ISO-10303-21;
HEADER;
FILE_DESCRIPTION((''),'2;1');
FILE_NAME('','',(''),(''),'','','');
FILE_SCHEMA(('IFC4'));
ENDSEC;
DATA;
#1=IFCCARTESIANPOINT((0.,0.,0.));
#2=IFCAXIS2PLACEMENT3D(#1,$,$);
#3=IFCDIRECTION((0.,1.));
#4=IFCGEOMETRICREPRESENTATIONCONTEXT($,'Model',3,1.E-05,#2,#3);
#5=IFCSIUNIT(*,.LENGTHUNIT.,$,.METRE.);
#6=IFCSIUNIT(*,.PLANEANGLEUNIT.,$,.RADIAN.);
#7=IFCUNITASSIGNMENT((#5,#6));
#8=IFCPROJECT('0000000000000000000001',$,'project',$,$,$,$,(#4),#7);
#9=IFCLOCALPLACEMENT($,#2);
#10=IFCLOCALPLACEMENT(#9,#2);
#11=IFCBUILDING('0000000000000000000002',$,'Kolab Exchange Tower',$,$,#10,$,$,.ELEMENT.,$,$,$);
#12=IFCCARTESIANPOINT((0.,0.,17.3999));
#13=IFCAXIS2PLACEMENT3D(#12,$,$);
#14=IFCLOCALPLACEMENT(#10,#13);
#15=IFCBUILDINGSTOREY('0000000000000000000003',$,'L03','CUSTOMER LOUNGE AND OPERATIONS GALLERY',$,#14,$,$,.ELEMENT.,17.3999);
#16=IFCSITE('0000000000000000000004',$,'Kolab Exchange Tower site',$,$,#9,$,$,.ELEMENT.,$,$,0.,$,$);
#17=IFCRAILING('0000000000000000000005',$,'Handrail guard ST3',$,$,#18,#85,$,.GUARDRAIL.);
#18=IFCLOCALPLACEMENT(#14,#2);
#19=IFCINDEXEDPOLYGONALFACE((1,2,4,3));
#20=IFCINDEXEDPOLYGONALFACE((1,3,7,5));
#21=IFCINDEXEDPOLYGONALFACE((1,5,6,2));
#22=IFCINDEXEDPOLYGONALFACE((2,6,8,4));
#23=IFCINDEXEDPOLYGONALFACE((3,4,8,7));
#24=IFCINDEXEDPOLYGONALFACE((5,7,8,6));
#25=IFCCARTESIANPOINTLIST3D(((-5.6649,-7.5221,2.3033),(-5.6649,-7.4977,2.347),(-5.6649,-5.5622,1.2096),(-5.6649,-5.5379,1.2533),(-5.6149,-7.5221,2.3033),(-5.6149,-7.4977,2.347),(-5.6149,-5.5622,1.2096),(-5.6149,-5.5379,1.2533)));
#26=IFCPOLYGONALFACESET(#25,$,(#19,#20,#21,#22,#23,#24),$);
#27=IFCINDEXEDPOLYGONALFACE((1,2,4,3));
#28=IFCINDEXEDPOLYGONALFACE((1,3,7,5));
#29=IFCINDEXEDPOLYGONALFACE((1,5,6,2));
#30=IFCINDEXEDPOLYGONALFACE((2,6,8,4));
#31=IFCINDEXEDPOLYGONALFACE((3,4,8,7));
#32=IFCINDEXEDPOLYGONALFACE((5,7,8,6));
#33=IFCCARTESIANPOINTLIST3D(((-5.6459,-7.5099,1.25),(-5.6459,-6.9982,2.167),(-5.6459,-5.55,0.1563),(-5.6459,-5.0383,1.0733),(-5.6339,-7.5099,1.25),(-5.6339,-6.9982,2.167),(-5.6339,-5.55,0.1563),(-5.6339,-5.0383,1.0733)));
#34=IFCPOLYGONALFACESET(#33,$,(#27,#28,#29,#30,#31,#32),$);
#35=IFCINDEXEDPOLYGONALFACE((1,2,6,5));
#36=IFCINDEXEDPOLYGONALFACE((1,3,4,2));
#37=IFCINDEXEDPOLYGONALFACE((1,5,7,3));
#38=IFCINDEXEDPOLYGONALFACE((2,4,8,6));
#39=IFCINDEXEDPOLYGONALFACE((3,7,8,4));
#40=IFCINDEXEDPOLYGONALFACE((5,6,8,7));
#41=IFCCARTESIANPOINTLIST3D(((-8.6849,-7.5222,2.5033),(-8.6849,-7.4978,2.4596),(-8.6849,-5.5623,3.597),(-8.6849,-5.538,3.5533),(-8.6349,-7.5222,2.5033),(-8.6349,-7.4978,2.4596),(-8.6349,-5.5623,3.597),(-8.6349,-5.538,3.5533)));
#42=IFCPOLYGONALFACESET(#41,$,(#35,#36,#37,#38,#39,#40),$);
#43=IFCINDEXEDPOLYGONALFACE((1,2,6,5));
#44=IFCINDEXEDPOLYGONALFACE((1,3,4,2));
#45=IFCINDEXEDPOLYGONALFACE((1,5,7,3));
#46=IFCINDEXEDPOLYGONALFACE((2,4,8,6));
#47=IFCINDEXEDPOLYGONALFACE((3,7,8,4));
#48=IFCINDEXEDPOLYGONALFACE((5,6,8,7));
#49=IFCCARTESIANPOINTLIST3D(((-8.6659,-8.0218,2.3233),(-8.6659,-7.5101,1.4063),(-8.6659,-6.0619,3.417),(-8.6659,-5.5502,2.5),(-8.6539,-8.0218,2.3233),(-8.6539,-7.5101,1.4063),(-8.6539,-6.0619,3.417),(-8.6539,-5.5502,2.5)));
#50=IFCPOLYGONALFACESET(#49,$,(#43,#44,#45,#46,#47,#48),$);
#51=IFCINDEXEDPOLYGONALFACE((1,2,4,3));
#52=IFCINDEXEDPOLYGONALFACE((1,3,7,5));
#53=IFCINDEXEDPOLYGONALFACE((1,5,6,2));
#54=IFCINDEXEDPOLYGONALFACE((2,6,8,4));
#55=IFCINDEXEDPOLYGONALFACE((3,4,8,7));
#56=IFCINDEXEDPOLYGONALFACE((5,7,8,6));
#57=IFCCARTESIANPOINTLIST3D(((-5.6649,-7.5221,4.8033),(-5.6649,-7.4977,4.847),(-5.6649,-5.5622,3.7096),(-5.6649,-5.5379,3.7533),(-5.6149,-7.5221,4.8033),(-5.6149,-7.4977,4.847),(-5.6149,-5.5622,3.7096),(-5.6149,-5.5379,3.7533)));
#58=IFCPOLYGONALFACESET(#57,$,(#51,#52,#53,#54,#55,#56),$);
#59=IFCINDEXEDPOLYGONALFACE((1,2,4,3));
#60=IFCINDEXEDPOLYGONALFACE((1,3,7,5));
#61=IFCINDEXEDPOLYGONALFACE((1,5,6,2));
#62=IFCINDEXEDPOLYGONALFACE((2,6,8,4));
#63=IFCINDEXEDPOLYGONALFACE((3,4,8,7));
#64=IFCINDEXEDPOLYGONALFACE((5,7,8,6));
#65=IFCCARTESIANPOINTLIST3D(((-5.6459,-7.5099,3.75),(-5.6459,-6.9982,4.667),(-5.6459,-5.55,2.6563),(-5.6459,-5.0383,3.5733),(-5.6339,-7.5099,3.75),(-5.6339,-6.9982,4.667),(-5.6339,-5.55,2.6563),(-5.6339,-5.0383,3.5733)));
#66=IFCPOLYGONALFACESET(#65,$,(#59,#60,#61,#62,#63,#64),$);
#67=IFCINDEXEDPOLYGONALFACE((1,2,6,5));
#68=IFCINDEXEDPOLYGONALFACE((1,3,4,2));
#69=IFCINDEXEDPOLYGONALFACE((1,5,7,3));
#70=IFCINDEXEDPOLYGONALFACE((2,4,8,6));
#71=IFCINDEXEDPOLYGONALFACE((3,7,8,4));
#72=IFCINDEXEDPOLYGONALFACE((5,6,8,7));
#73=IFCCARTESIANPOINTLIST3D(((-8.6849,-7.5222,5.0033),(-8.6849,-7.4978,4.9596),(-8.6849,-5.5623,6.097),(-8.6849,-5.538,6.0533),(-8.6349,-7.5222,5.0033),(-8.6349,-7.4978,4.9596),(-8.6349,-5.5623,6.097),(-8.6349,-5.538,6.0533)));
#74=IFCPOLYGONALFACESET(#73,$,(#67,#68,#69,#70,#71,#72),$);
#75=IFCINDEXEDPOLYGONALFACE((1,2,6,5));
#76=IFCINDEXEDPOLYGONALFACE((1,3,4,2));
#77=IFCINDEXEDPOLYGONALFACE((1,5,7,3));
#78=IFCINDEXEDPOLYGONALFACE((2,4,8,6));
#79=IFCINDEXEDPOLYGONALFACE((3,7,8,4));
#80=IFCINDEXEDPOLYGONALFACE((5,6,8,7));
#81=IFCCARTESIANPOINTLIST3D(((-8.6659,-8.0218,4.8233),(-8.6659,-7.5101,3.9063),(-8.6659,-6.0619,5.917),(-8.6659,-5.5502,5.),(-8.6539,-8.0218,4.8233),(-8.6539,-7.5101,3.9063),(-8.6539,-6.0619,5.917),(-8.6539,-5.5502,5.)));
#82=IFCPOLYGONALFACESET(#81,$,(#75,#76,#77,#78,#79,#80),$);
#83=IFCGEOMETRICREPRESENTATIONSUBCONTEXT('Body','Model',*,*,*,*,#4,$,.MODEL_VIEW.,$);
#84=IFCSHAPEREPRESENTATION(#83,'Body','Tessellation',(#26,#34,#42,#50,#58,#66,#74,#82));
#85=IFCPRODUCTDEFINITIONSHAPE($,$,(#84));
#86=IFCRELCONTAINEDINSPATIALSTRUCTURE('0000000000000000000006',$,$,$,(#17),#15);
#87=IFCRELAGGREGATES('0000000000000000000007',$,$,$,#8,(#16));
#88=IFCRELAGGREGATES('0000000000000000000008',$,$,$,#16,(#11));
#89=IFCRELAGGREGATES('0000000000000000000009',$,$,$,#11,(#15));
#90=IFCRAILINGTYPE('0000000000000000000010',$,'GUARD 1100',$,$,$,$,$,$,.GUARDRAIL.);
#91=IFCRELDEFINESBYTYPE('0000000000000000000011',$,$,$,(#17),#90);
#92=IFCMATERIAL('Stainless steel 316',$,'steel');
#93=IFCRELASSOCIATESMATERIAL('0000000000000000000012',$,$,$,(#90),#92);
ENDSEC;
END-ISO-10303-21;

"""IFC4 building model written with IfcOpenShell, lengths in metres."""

from ifc_helpers import new_model, si_unit, direction, frame, frame_2d, origin, origin_2d, place, context, subcontext, project, spatial, rectangle, extrude, material, type_object, element, save


model = new_model("IFC4")

# Units and contexts
model_context = context("Model", 3, precision=1e-05, world=origin(), true_north=direction((0.0, 1.0)))
body_context = subcontext(model_context, "Body", "Model", "MODEL_VIEW")
ifc_project = project(units=[si_unit("LENGTHUNIT", "METRE"), si_unit("PLANEANGLEUNIT", "RADIAN")], contexts=[model_context])

# Site, building, storey
site_placement = place(None, origin())
site = spatial("IfcSite", under=ifc_project, at=site_placement, Name="Kolab Exchange Tower site", CompositionType="ELEMENT", RefElevation=0.0)
building_placement = place(site_placement, origin())
building = spatial("IfcBuilding", under=site, at=building_placement, Name="Kolab Exchange Tower", CompositionType="ELEMENT")
storey_placement = place(building_placement, frame((0.0, 0.0, 17.3999)))
storey = spatial("IfcBuildingStorey", under=building, at=storey_placement, Name="L03", Description="CUSTOMER LOUNGE AND OPERATIONS GALLERY", CompositionType="ELEMENT", Elevation=17.3999)

# Shared definitions
ifc_material_1 = material(Name="Stainless steel 316", Category="steel")

# Railing
railing_type = type_object("IfcRailingType", Name="GUARD 1100", PredefinedType="GUARDRAIL", material=ifc_material_1)
railing_placement = place(storey_placement, frame((-5.6399, -5.55, 0.1562)))
element("IfcRailing", 1, at=railing_placement, inside=storey, type_object=railing_type, Name="Handrail guard ST3", PredefinedType="GUARDRAIL", context=body_context, shape_type="SweptSolid", body=[
    extrude(rectangle(XDim=0.05, YDim=0.05, at=origin_2d()), frame((0.0, 0.0, 1.0752), z_axis=(0.0, -0.873232, 0.487304), x_axis=(1.0, 0.0, 0.0)), (0.0, 0.0, 1.0), 2.2444),
    extrude(rectangle(XDim=0.012, YDim=1.0501, at=frame_2d((0.0, 0.5251))), frame((0.0, 0.0, 0.0), z_axis=(0.0, -0.873232, 0.487304), x_axis=(1.0, 0.0, 0.0)), (0.0, 0.0, 1.0), 2.2444),
    extrude(rectangle(XDim=0.05, YDim=0.05, at=origin_2d()), frame((-3.02, -1.96, 2.3252), z_axis=(0.0, 0.873232, 0.487304), x_axis=(-1.0, 0.0, 0.0)), (0.0, 0.0, 1.0), 2.2444),
    extrude(rectangle(XDim=0.012, YDim=1.0501, at=frame_2d((0.0, 0.5251))), frame((-3.02, -1.96, 1.25), z_axis=(0.0, 0.873232, 0.487304), x_axis=(-1.0, 0.0, 0.0)), (0.0, 0.0, 1.0), 2.2444),
    extrude(rectangle(XDim=0.05, YDim=0.05, at=origin_2d()), frame((0.0, 0.0, 3.5752), z_axis=(0.0, -0.873232, 0.487304), x_axis=(1.0, 0.0, 0.0)), (0.0, 0.0, 1.0), 2.2444),
    extrude(rectangle(XDim=0.012, YDim=1.0501, at=frame_2d((0.0, 0.5251))), frame((0.0, 0.0, 2.5), z_axis=(0.0, -0.873232, 0.487304), x_axis=(1.0, 0.0, 0.0)), (0.0, 0.0, 1.0), 2.2444),
    extrude(rectangle(XDim=0.05, YDim=0.05, at=origin_2d()), frame((-3.02, -1.96, 4.8252), z_axis=(0.0, 0.873232, 0.487304), x_axis=(-1.0, 0.0, 0.0)), (0.0, 0.0, 1.0), 2.2444),
    extrude(rectangle(XDim=0.012, YDim=1.0501, at=frame_2d((0.0, 0.5251))), frame((-3.02, -1.96, 3.75), z_axis=(0.0, 0.873232, 0.487304), x_axis=(-1.0, 0.0, 0.0)), (0.0, 0.0, 1.0), 2.2444),
])

save(model, "model.ifc")
